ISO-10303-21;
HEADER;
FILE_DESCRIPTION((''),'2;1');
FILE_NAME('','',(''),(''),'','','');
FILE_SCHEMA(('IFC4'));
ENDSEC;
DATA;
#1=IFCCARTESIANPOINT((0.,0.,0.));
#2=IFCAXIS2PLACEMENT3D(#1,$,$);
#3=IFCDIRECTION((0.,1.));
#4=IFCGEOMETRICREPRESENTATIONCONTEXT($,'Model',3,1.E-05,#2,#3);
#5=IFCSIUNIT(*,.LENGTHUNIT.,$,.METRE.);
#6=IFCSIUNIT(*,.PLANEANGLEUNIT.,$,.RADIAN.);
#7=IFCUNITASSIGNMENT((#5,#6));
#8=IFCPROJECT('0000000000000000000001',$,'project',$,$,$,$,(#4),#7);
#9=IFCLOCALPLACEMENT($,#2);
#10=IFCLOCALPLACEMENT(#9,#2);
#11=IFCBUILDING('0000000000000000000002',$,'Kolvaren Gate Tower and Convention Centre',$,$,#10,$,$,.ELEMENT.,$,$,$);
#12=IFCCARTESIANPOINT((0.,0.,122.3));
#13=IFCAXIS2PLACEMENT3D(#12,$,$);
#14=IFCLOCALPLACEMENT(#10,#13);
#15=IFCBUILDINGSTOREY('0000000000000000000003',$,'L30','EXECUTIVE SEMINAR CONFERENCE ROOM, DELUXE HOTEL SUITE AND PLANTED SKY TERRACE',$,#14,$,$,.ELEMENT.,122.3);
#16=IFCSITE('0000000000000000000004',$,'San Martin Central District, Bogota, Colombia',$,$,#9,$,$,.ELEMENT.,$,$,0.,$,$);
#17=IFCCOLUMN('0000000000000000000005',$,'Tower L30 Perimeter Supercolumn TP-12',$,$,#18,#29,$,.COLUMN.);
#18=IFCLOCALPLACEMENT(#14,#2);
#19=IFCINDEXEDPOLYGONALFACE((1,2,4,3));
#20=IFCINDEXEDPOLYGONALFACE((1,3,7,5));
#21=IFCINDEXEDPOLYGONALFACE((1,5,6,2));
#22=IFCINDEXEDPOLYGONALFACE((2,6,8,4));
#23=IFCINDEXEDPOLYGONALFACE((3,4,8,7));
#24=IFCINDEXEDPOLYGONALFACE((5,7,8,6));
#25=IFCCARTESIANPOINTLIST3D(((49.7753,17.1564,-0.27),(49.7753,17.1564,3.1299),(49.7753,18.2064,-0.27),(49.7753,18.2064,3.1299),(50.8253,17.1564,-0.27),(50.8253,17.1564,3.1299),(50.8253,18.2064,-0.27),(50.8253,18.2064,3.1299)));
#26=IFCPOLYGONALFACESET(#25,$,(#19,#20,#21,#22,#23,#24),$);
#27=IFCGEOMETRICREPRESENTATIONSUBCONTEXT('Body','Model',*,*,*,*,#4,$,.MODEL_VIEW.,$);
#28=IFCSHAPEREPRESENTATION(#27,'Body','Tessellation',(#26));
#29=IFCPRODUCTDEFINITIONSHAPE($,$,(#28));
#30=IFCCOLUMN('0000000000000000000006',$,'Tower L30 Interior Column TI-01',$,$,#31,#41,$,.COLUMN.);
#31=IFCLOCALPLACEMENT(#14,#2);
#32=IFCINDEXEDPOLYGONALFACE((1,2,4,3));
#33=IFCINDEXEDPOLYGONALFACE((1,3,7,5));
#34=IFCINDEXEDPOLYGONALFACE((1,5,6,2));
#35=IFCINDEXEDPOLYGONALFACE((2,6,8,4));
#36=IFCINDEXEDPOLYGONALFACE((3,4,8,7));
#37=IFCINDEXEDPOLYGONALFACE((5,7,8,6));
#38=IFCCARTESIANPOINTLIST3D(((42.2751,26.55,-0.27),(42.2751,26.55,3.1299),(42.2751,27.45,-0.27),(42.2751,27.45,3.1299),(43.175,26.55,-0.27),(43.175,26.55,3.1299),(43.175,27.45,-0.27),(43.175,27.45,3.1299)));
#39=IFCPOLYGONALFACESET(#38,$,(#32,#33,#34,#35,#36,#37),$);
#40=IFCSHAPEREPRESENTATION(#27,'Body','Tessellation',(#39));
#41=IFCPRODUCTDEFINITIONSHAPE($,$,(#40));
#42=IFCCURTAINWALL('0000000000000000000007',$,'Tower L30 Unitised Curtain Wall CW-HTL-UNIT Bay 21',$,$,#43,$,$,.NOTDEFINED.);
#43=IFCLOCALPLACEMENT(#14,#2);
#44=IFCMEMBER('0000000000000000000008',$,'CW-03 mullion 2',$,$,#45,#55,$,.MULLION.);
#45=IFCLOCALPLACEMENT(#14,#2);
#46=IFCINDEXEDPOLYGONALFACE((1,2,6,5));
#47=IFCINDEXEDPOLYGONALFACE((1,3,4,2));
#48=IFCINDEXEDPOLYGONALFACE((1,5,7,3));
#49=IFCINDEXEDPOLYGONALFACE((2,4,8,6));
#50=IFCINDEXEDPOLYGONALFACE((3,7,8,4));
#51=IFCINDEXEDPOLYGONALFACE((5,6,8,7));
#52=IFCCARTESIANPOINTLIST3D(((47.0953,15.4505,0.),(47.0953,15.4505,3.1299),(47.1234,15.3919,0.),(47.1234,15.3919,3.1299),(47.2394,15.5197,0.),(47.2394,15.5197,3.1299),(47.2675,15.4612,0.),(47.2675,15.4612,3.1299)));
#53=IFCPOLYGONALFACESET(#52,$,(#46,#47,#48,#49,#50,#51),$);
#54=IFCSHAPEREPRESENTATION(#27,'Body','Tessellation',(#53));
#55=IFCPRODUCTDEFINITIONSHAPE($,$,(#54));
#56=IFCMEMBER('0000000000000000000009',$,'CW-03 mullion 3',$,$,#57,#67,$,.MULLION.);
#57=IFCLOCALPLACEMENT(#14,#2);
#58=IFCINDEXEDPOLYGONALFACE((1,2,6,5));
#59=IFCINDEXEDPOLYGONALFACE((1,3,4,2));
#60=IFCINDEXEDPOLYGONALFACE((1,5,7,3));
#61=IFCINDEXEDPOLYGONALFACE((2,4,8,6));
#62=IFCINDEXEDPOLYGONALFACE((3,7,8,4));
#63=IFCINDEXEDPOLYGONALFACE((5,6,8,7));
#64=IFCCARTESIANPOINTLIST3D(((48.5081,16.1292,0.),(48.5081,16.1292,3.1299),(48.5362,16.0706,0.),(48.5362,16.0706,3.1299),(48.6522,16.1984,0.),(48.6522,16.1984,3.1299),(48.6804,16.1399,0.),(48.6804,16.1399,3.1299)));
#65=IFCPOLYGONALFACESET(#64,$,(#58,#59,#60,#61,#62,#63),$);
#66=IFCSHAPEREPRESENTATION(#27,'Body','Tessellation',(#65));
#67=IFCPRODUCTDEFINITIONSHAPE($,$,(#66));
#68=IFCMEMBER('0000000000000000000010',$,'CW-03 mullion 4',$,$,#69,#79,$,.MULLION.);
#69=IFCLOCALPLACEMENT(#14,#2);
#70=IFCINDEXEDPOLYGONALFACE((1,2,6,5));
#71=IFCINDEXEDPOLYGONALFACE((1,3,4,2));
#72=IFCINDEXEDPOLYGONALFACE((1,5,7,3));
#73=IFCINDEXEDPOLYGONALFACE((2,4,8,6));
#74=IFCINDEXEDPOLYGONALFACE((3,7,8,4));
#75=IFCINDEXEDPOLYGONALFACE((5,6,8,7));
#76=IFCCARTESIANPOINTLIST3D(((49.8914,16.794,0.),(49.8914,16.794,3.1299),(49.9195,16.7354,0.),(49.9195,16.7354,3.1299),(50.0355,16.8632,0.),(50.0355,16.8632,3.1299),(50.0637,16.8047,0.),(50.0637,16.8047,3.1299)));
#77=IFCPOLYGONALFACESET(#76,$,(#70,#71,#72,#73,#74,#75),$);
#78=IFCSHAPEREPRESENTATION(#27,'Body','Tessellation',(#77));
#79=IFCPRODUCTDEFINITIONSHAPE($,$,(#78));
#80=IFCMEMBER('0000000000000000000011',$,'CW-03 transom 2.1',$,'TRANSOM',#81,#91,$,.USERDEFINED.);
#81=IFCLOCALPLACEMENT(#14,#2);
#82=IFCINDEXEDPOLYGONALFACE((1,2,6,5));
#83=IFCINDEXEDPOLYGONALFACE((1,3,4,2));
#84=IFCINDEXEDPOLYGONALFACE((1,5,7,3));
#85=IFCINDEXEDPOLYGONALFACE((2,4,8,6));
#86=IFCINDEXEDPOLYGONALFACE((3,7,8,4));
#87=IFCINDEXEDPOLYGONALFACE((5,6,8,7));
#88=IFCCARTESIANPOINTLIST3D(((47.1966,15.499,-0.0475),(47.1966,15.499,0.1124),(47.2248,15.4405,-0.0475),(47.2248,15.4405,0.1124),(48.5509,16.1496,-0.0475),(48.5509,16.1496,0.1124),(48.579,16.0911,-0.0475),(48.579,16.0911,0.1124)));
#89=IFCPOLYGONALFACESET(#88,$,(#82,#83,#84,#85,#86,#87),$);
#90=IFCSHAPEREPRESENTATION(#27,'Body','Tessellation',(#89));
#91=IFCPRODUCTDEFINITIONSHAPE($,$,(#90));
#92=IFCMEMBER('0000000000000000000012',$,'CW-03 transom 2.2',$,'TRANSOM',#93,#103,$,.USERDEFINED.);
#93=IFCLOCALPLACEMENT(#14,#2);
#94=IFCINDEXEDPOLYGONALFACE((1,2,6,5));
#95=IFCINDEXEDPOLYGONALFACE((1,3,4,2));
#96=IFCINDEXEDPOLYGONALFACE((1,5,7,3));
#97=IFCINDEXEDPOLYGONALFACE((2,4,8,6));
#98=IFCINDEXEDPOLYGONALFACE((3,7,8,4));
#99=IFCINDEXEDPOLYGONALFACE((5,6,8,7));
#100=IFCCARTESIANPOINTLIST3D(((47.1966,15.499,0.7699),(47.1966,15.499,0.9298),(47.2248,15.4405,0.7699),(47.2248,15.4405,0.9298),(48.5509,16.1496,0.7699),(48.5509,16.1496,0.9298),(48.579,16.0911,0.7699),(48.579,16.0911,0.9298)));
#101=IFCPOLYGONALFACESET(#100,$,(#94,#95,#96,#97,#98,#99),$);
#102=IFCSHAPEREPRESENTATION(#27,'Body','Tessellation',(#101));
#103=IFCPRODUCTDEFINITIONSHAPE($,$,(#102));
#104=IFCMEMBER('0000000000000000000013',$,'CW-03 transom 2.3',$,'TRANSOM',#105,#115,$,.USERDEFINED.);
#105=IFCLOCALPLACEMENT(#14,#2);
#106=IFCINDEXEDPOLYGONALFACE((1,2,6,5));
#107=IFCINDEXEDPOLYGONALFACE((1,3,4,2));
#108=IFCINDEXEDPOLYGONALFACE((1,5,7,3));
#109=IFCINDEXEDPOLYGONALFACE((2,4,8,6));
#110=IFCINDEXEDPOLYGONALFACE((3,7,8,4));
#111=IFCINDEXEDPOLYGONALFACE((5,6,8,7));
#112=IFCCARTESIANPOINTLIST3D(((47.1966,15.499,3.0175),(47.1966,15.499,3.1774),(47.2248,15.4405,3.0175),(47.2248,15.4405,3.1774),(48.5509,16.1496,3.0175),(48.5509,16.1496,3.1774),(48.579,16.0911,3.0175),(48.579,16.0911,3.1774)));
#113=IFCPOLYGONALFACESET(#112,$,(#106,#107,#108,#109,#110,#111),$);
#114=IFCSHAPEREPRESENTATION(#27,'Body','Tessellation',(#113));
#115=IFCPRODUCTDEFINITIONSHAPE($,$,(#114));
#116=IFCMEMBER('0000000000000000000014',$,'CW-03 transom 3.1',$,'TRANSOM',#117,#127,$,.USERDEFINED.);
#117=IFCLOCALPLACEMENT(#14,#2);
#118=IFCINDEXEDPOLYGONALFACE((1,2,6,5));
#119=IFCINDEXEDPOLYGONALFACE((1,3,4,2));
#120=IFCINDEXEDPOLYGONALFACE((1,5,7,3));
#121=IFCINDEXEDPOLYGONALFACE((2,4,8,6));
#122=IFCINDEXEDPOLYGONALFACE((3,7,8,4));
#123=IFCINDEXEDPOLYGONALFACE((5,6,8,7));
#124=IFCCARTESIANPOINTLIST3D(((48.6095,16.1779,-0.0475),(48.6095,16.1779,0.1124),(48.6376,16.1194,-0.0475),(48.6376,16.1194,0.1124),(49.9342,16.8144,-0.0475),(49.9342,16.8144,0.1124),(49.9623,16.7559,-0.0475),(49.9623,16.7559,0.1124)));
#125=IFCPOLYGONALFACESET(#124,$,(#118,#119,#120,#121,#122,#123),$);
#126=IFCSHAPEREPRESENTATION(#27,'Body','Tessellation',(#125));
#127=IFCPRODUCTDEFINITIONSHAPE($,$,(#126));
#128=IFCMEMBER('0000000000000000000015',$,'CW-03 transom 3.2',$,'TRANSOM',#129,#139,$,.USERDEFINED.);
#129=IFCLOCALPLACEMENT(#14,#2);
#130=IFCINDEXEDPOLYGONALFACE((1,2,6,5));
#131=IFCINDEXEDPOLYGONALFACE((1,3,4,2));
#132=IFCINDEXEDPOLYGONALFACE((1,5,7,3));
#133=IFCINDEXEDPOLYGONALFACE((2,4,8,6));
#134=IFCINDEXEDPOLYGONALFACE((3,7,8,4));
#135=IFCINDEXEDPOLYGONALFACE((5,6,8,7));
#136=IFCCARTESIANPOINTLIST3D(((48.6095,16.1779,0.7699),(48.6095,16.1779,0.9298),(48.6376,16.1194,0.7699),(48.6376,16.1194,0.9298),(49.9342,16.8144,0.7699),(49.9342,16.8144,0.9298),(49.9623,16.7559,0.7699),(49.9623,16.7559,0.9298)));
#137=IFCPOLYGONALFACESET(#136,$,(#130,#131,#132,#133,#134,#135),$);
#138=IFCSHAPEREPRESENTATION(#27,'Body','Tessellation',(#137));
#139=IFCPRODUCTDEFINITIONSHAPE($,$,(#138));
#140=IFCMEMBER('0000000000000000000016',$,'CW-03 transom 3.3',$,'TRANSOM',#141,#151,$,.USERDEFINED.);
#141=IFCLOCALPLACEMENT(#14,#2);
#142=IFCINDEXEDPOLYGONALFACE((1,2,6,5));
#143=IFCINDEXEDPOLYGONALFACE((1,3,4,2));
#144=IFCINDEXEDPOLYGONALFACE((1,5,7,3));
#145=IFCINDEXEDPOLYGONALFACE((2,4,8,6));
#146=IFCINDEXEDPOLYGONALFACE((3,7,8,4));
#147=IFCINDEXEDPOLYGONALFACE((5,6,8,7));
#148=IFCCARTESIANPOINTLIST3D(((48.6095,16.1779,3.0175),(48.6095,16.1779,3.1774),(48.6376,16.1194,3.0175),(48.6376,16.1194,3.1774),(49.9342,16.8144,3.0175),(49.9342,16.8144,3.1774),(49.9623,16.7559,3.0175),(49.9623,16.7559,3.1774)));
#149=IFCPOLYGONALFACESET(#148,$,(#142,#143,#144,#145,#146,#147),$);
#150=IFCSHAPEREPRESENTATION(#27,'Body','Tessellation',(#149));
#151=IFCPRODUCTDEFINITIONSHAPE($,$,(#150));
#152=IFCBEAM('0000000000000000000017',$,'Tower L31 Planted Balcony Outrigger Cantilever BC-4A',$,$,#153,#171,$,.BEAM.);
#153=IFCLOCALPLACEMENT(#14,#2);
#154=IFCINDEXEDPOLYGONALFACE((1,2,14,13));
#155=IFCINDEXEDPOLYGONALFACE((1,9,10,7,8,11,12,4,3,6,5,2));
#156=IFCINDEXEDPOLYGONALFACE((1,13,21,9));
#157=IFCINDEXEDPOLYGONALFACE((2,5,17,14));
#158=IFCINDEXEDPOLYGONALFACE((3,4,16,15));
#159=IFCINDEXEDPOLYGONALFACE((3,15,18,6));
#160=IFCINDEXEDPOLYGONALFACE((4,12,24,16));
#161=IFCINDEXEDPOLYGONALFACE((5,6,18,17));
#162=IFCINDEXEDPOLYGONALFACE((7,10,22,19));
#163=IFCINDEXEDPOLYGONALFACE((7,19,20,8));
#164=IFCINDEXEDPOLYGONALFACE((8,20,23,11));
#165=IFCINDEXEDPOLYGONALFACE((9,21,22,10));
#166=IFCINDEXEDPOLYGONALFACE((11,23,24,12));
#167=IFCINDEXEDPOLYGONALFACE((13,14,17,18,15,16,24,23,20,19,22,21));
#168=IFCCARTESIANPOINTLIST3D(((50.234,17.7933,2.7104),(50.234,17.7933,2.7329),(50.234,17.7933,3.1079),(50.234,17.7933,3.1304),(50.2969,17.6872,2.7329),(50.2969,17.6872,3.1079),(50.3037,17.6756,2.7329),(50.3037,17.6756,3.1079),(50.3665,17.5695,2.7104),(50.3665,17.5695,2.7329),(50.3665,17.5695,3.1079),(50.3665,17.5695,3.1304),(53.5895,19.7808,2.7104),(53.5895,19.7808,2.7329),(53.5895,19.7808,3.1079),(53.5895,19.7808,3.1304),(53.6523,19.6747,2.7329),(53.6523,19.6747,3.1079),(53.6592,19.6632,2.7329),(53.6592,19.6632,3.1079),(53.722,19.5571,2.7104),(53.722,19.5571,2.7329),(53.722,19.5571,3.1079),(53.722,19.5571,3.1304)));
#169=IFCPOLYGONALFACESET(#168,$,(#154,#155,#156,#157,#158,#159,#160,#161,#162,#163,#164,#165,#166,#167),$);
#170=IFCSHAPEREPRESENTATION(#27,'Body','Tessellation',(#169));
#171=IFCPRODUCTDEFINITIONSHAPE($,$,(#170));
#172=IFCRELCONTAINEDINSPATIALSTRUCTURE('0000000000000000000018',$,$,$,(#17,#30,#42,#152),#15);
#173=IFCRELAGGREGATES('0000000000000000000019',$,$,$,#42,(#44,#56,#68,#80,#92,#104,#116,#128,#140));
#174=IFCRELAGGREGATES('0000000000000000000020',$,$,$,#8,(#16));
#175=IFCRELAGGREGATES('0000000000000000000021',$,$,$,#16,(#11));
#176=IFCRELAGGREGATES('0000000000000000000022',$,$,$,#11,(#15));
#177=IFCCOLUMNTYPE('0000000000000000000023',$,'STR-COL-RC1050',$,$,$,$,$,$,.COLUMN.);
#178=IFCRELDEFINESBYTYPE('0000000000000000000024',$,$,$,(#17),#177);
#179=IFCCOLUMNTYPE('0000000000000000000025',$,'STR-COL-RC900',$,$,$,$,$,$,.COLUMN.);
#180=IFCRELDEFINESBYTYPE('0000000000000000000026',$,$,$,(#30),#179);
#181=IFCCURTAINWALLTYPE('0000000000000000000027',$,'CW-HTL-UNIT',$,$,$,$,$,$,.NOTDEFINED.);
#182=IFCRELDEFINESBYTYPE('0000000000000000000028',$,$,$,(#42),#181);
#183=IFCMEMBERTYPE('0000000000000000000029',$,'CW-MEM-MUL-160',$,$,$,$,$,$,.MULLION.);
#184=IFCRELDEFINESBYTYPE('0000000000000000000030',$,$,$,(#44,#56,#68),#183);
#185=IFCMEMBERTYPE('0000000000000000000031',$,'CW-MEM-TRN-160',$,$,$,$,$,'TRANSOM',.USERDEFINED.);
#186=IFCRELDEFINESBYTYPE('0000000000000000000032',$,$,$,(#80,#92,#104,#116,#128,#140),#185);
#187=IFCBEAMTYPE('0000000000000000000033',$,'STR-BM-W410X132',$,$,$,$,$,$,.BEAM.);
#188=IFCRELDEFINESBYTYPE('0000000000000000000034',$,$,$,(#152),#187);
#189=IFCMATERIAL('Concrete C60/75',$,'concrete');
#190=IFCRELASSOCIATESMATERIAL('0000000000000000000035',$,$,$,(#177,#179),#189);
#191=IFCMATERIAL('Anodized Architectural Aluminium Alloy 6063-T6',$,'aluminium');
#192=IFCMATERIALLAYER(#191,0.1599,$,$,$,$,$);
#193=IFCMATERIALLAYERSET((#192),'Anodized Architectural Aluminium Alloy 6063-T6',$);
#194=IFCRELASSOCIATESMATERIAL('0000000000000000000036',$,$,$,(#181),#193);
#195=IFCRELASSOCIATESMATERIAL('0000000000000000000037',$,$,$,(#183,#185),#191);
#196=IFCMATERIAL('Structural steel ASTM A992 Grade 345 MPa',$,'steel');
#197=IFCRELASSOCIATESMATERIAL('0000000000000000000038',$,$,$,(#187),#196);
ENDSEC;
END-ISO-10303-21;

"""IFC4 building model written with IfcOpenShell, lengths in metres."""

from ifc_helpers import new_model, si_unit, direction, frame, origin, origin_2d, place, context, subcontext, project, spatial, rectangle, i_section, extrude, material, layer, layer_set, material_profile, profile_set, type_object, element, aggregate, save


model = new_model("IFC4")

# Units and contexts
model_context = context("Model", 3, precision=1e-05, world=origin(), true_north=direction((0.0, 1.0)))
body_context = subcontext(model_context, "Body", "Model", "MODEL_VIEW")
ifc_project = project(units=[si_unit("LENGTHUNIT", "METRE"), si_unit("PLANEANGLEUNIT", "RADIAN")], contexts=[model_context])

# Site, building, storey
site_placement = place(None, origin())
site = spatial("IfcSite", under=ifc_project, at=site_placement, Name="San Martin Central District, Bogota, Colombia", CompositionType="ELEMENT", RefElevation=0.0)
building_placement = place(site_placement, origin())
building = spatial("IfcBuilding", under=site, at=building_placement, Name="Kolvaren Gate Tower and Convention Centre", CompositionType="ELEMENT")
storey_placement = place(building_placement, frame((0.0, 0.0, 122.3)))
storey = spatial("IfcBuildingStorey", under=building, at=storey_placement, Name="L30", Description="EXECUTIVE SEMINAR CONFERENCE ROOM, DELUXE HOTEL SUITE AND PLANTED SKY TERRACE", CompositionType="ELEMENT", Elevation=122.3)

# Columns
ifc_material_1 = material(Name="Concrete C60/75", Category="concrete")
ifc_material_profile_1 = material_profile(ifc_material_1, rectangle(XDim=1.05, YDim=1.05, at=origin_2d()), Name="RC-COL-1050X1050")
ifc_profile_set_1 = profile_set([ifc_material_profile_1], Name="Concrete C60/75")
column_type_1 = type_object("IfcColumnType", Name="STR-COL-RC1050", PredefinedType="COLUMN", material=ifc_profile_set_1)
column_1_placement = place(storey_placement, frame((50.3003, 17.6814, -0.27), z_axis=(0.0, 0.0, 1.0), x_axis=(1.0, 0.0, 0.0)))
element("IfcColumn", 1, at=column_1_placement, inside=storey, type_object=column_type_1, Name="Tower L30 Perimeter Supercolumn TP-12", PredefinedType="COLUMN", context=body_context, shape_type="SweptSolid", body=[
    extrude(rectangle(XDim=1.05, YDim=1.05, at=origin_2d()), origin(), (0.0, 0.0, 1.0), 3.3999),
])
ifc_material_profile_2 = material_profile(ifc_material_1, rectangle(XDim=0.8999, YDim=0.8999, at=origin_2d()), Name="RC-COL-900X900")
ifc_profile_set_2 = profile_set([ifc_material_profile_2], Name="Concrete C60/75")
column_type_2 = type_object("IfcColumnType", Name="STR-COL-RC900", PredefinedType="COLUMN", material=ifc_profile_set_2)
column_2_placement = place(storey_placement, frame((42.7251, 27.0, -0.27), z_axis=(0.0, 0.0, 1.0), x_axis=(1.0, 0.0, 0.0)))
element("IfcColumn", 2, at=column_2_placement, inside=storey, type_object=column_type_2, Name="Tower L30 Interior Column TI-01", PredefinedType="COLUMN", context=body_context, shape_type="SweptSolid", body=[
    extrude(rectangle(XDim=0.8999, YDim=0.8999, at=origin_2d()), origin(), (0.0, 0.0, 1.0), 3.3999),
])

# Curtain wall, members
ifc_material_2 = material(Name="Anodized Architectural Aluminium Alloy 6063-T6", Category="aluminium")
ifc_layer_1 = layer(ifc_material_2, 0.1599)
ifc_layer_set_1 = layer_set([ifc_layer_1], Name="Anodized Architectural Aluminium Alloy 6063-T6")
curtain_wall_type = type_object("IfcCurtainWallType", Name="CW-HTL-UNIT", PredefinedType="NOTDEFINED", material=ifc_layer_set_1)
curtain_wall_placement = place(storey_placement, origin())
curtain_wall = element("IfcCurtainWall", 3, at=curtain_wall_placement, inside=storey, type_object=curtain_wall_type, Name="Tower L30 Unitised Curtain Wall CW-HTL-UNIT Bay 21", PredefinedType="NOTDEFINED")
ifc_material_profile_3 = material_profile(ifc_material_2, rectangle(XDim=0.0649, YDim=0.1599, at=origin_2d()), Name="CW-MEM-MUL-160")
ifc_profile_set_3 = profile_set([ifc_material_profile_3], Name="Anodized Architectural Aluminium Alloy 6063-T6")
member_type_1 = type_object("IfcMemberType", Name="CW-MEM-MUL-160", PredefinedType="MULLION", material=ifc_profile_set_3)
member_1_placement = place(storey_placement, frame((47.1814, 15.4558, 0.0), z_axis=(0.0, 0.0, 1.0), x_axis=(-0.433071, 0.90136, 0.0)))
member_1 = element("IfcMember", 4, at=member_1_placement, type_object=member_type_1, Name="CW-03 mullion 2", PredefinedType="MULLION", context=body_context, shape_type="SweptSolid", body=[
    extrude(rectangle(XDim=0.0649, YDim=0.1599, at=origin_2d()), origin(), (0.0, 0.0, 1.0), 3.1299),
])
member_2_placement = place(storey_placement, frame((48.5942, 16.1345, 0.0), z_axis=(0.0, 0.0, 1.0), x_axis=(-0.433071, 0.90136, 0.0)))
member_2 = element("IfcMember", 5, at=member_2_placement, type_object=member_type_1, Name="CW-03 mullion 3", PredefinedType="MULLION", context=body_context, shape_type="SweptSolid", body=[
    extrude(rectangle(XDim=0.0649, YDim=0.1599, at=origin_2d()), origin(), (0.0, 0.0, 1.0), 3.1299),
])
member_3_placement = place(storey_placement, frame((49.9775, 16.7993, 0.0), z_axis=(0.0, 0.0, 1.0), x_axis=(-0.433071, 0.90136, 0.0)))
member_3 = element("IfcMember", 6, at=member_3_placement, type_object=member_type_1, Name="CW-03 mullion 4", PredefinedType="MULLION", context=body_context, shape_type="SweptSolid", body=[
    extrude(rectangle(XDim=0.0649, YDim=0.1599, at=origin_2d()), origin(), (0.0, 0.0, 1.0), 3.1299),
])
ifc_material_profile_4 = material_profile(ifc_material_2, rectangle(XDim=0.0649, YDim=0.1599, at=origin_2d()), Name="CW-MEM-TRN-160")
ifc_profile_set_4 = profile_set([ifc_material_profile_4], Name="Anodized Architectural Aluminium Alloy 6063-T6")
member_type_2 = type_object("IfcMemberType", Name="CW-MEM-TRN-160", ElementType="TRANSOM", PredefinedType="USERDEFINED", material=ifc_profile_set_4)
member_4_placement = place(storey_placement, frame((47.2107, 15.4697, 0.0325), z_axis=(0.901368, 0.433053, 0.0), x_axis=(-0.433053, 0.901368, 0.0)))
member_4 = element("IfcMember", 7, at=member_4_placement, type_object=member_type_2, Name="CW-03 transom 2.1", ObjectType="TRANSOM", PredefinedType="USERDEFINED", context=body_context, shape_type="SweptSolid", body=[
    extrude(rectangle(XDim=0.0649, YDim=0.1599, at=origin_2d()), origin(), (0.0, 0.0, 1.0), 1.5024),
])
member_5_placement = place(storey_placement, frame((47.2107, 15.4697, 0.8499), z_axis=(0.901368, 0.433053, 0.0), x_axis=(-0.433053, 0.901368, 0.0)))
member_5 = element("IfcMember", 8, at=member_5_placement, type_object=member_type_2, Name="CW-03 transom 2.2", ObjectType="TRANSOM", PredefinedType="USERDEFINED", context=body_context, shape_type="SweptSolid", body=[
    extrude(rectangle(XDim=0.0649, YDim=0.1599, at=origin_2d()), origin(), (0.0, 0.0, 1.0), 1.5024),
])
member_6_placement = place(storey_placement, frame((47.2107, 15.4697, 3.0974), z_axis=(0.901368, 0.433053, 0.0), x_axis=(-0.433053, 0.901368, 0.0)))
member_6 = element("IfcMember", 9, at=member_6_placement, type_object=member_type_2, Name="CW-03 transom 2.3", ObjectType="TRANSOM", PredefinedType="USERDEFINED", context=body_context, shape_type="SweptSolid", body=[
    extrude(rectangle(XDim=0.0649, YDim=0.1599, at=origin_2d()), origin(), (0.0, 0.0, 1.0), 1.5024),
])
member_7_placement = place(storey_placement, frame((48.6235, 16.1487, 0.0325), z_axis=(0.90136, 0.433071, 0.0), x_axis=(-0.433071, 0.90136, 0.0)))
member_7 = element("IfcMember", 10, at=member_7_placement, type_object=member_type_2, Name="CW-03 transom 3.1", ObjectType="TRANSOM", PredefinedType="USERDEFINED", context=body_context, shape_type="SweptSolid", body=[
    extrude(rectangle(XDim=0.0649, YDim=0.1599, at=origin_2d()), origin(), (0.0, 0.0, 1.0), 1.4697),
])
member_8_placement = place(storey_placement, frame((48.6235, 16.1487, 0.8499), z_axis=(0.90136, 0.433071, 0.0), x_axis=(-0.433071, 0.90136, 0.0)))
member_8 = element("IfcMember", 11, at=member_8_placement, type_object=member_type_2, Name="CW-03 transom 3.2", ObjectType="TRANSOM", PredefinedType="USERDEFINED", context=body_context, shape_type="SweptSolid", body=[
    extrude(rectangle(XDim=0.0649, YDim=0.1599, at=origin_2d()), origin(), (0.0, 0.0, 1.0), 1.4697),
])
member_9_placement = place(storey_placement, frame((48.6235, 16.1487, 3.0974), z_axis=(0.90136, 0.433071, 0.0), x_axis=(-0.433071, 0.90136, 0.0)))
member_9 = element("IfcMember", 12, at=member_9_placement, type_object=member_type_2, Name="CW-03 transom 3.3", ObjectType="TRANSOM", PredefinedType="USERDEFINED", context=body_context, shape_type="SweptSolid", body=[
    extrude(rectangle(XDim=0.0649, YDim=0.1599, at=origin_2d()), origin(), (0.0, 0.0, 1.0), 1.4697),
])

# Beam
ifc_material_3 = material(Name="Structural steel ASTM A992 Grade 345 MPa", Category="steel")
ifc_material_profile_5 = material_profile(ifc_material_3, i_section(OverallWidth=0.26, OverallDepth=0.4199, WebThickness=0.0134, FlangeThickness=0.0225, at=origin_2d()), Name="W410X132")
ifc_profile_set_5 = profile_set([ifc_material_profile_5], Name="Structural steel ASTM A992 Grade 345 MPa")
beam_type_1 = type_object("IfcBeamType", Name="STR-BM-W410X132", PredefinedType="BEAM", material=ifc_profile_set_5)
beam_1_placement = place(storey_placement, frame((50.3003, 17.6814, 2.9204), z_axis=(0.86039, 0.509636, 0.0), x_axis=(-0.509636, 0.86039, 0.0)))
element("IfcBeam", 13, at=beam_1_placement, inside=storey, type_object=beam_type_1, Name="Tower L31 Planted Balcony Outrigger Cantilever BC-4A", PredefinedType="BEAM", context=body_context, shape_type="SweptSolid", body=[
    extrude(i_section(OverallWidth=0.26, OverallDepth=0.4199, WebThickness=0.0134, FlangeThickness=0.0225, at=origin_2d()), origin(), (0.0, 0.0, 1.0), 3.8999),
])

aggregate(curtain_wall, [member_1, member_2, member_3, member_4, member_5, member_6, member_7, member_8, member_9])

save(model, "model.ifc")
